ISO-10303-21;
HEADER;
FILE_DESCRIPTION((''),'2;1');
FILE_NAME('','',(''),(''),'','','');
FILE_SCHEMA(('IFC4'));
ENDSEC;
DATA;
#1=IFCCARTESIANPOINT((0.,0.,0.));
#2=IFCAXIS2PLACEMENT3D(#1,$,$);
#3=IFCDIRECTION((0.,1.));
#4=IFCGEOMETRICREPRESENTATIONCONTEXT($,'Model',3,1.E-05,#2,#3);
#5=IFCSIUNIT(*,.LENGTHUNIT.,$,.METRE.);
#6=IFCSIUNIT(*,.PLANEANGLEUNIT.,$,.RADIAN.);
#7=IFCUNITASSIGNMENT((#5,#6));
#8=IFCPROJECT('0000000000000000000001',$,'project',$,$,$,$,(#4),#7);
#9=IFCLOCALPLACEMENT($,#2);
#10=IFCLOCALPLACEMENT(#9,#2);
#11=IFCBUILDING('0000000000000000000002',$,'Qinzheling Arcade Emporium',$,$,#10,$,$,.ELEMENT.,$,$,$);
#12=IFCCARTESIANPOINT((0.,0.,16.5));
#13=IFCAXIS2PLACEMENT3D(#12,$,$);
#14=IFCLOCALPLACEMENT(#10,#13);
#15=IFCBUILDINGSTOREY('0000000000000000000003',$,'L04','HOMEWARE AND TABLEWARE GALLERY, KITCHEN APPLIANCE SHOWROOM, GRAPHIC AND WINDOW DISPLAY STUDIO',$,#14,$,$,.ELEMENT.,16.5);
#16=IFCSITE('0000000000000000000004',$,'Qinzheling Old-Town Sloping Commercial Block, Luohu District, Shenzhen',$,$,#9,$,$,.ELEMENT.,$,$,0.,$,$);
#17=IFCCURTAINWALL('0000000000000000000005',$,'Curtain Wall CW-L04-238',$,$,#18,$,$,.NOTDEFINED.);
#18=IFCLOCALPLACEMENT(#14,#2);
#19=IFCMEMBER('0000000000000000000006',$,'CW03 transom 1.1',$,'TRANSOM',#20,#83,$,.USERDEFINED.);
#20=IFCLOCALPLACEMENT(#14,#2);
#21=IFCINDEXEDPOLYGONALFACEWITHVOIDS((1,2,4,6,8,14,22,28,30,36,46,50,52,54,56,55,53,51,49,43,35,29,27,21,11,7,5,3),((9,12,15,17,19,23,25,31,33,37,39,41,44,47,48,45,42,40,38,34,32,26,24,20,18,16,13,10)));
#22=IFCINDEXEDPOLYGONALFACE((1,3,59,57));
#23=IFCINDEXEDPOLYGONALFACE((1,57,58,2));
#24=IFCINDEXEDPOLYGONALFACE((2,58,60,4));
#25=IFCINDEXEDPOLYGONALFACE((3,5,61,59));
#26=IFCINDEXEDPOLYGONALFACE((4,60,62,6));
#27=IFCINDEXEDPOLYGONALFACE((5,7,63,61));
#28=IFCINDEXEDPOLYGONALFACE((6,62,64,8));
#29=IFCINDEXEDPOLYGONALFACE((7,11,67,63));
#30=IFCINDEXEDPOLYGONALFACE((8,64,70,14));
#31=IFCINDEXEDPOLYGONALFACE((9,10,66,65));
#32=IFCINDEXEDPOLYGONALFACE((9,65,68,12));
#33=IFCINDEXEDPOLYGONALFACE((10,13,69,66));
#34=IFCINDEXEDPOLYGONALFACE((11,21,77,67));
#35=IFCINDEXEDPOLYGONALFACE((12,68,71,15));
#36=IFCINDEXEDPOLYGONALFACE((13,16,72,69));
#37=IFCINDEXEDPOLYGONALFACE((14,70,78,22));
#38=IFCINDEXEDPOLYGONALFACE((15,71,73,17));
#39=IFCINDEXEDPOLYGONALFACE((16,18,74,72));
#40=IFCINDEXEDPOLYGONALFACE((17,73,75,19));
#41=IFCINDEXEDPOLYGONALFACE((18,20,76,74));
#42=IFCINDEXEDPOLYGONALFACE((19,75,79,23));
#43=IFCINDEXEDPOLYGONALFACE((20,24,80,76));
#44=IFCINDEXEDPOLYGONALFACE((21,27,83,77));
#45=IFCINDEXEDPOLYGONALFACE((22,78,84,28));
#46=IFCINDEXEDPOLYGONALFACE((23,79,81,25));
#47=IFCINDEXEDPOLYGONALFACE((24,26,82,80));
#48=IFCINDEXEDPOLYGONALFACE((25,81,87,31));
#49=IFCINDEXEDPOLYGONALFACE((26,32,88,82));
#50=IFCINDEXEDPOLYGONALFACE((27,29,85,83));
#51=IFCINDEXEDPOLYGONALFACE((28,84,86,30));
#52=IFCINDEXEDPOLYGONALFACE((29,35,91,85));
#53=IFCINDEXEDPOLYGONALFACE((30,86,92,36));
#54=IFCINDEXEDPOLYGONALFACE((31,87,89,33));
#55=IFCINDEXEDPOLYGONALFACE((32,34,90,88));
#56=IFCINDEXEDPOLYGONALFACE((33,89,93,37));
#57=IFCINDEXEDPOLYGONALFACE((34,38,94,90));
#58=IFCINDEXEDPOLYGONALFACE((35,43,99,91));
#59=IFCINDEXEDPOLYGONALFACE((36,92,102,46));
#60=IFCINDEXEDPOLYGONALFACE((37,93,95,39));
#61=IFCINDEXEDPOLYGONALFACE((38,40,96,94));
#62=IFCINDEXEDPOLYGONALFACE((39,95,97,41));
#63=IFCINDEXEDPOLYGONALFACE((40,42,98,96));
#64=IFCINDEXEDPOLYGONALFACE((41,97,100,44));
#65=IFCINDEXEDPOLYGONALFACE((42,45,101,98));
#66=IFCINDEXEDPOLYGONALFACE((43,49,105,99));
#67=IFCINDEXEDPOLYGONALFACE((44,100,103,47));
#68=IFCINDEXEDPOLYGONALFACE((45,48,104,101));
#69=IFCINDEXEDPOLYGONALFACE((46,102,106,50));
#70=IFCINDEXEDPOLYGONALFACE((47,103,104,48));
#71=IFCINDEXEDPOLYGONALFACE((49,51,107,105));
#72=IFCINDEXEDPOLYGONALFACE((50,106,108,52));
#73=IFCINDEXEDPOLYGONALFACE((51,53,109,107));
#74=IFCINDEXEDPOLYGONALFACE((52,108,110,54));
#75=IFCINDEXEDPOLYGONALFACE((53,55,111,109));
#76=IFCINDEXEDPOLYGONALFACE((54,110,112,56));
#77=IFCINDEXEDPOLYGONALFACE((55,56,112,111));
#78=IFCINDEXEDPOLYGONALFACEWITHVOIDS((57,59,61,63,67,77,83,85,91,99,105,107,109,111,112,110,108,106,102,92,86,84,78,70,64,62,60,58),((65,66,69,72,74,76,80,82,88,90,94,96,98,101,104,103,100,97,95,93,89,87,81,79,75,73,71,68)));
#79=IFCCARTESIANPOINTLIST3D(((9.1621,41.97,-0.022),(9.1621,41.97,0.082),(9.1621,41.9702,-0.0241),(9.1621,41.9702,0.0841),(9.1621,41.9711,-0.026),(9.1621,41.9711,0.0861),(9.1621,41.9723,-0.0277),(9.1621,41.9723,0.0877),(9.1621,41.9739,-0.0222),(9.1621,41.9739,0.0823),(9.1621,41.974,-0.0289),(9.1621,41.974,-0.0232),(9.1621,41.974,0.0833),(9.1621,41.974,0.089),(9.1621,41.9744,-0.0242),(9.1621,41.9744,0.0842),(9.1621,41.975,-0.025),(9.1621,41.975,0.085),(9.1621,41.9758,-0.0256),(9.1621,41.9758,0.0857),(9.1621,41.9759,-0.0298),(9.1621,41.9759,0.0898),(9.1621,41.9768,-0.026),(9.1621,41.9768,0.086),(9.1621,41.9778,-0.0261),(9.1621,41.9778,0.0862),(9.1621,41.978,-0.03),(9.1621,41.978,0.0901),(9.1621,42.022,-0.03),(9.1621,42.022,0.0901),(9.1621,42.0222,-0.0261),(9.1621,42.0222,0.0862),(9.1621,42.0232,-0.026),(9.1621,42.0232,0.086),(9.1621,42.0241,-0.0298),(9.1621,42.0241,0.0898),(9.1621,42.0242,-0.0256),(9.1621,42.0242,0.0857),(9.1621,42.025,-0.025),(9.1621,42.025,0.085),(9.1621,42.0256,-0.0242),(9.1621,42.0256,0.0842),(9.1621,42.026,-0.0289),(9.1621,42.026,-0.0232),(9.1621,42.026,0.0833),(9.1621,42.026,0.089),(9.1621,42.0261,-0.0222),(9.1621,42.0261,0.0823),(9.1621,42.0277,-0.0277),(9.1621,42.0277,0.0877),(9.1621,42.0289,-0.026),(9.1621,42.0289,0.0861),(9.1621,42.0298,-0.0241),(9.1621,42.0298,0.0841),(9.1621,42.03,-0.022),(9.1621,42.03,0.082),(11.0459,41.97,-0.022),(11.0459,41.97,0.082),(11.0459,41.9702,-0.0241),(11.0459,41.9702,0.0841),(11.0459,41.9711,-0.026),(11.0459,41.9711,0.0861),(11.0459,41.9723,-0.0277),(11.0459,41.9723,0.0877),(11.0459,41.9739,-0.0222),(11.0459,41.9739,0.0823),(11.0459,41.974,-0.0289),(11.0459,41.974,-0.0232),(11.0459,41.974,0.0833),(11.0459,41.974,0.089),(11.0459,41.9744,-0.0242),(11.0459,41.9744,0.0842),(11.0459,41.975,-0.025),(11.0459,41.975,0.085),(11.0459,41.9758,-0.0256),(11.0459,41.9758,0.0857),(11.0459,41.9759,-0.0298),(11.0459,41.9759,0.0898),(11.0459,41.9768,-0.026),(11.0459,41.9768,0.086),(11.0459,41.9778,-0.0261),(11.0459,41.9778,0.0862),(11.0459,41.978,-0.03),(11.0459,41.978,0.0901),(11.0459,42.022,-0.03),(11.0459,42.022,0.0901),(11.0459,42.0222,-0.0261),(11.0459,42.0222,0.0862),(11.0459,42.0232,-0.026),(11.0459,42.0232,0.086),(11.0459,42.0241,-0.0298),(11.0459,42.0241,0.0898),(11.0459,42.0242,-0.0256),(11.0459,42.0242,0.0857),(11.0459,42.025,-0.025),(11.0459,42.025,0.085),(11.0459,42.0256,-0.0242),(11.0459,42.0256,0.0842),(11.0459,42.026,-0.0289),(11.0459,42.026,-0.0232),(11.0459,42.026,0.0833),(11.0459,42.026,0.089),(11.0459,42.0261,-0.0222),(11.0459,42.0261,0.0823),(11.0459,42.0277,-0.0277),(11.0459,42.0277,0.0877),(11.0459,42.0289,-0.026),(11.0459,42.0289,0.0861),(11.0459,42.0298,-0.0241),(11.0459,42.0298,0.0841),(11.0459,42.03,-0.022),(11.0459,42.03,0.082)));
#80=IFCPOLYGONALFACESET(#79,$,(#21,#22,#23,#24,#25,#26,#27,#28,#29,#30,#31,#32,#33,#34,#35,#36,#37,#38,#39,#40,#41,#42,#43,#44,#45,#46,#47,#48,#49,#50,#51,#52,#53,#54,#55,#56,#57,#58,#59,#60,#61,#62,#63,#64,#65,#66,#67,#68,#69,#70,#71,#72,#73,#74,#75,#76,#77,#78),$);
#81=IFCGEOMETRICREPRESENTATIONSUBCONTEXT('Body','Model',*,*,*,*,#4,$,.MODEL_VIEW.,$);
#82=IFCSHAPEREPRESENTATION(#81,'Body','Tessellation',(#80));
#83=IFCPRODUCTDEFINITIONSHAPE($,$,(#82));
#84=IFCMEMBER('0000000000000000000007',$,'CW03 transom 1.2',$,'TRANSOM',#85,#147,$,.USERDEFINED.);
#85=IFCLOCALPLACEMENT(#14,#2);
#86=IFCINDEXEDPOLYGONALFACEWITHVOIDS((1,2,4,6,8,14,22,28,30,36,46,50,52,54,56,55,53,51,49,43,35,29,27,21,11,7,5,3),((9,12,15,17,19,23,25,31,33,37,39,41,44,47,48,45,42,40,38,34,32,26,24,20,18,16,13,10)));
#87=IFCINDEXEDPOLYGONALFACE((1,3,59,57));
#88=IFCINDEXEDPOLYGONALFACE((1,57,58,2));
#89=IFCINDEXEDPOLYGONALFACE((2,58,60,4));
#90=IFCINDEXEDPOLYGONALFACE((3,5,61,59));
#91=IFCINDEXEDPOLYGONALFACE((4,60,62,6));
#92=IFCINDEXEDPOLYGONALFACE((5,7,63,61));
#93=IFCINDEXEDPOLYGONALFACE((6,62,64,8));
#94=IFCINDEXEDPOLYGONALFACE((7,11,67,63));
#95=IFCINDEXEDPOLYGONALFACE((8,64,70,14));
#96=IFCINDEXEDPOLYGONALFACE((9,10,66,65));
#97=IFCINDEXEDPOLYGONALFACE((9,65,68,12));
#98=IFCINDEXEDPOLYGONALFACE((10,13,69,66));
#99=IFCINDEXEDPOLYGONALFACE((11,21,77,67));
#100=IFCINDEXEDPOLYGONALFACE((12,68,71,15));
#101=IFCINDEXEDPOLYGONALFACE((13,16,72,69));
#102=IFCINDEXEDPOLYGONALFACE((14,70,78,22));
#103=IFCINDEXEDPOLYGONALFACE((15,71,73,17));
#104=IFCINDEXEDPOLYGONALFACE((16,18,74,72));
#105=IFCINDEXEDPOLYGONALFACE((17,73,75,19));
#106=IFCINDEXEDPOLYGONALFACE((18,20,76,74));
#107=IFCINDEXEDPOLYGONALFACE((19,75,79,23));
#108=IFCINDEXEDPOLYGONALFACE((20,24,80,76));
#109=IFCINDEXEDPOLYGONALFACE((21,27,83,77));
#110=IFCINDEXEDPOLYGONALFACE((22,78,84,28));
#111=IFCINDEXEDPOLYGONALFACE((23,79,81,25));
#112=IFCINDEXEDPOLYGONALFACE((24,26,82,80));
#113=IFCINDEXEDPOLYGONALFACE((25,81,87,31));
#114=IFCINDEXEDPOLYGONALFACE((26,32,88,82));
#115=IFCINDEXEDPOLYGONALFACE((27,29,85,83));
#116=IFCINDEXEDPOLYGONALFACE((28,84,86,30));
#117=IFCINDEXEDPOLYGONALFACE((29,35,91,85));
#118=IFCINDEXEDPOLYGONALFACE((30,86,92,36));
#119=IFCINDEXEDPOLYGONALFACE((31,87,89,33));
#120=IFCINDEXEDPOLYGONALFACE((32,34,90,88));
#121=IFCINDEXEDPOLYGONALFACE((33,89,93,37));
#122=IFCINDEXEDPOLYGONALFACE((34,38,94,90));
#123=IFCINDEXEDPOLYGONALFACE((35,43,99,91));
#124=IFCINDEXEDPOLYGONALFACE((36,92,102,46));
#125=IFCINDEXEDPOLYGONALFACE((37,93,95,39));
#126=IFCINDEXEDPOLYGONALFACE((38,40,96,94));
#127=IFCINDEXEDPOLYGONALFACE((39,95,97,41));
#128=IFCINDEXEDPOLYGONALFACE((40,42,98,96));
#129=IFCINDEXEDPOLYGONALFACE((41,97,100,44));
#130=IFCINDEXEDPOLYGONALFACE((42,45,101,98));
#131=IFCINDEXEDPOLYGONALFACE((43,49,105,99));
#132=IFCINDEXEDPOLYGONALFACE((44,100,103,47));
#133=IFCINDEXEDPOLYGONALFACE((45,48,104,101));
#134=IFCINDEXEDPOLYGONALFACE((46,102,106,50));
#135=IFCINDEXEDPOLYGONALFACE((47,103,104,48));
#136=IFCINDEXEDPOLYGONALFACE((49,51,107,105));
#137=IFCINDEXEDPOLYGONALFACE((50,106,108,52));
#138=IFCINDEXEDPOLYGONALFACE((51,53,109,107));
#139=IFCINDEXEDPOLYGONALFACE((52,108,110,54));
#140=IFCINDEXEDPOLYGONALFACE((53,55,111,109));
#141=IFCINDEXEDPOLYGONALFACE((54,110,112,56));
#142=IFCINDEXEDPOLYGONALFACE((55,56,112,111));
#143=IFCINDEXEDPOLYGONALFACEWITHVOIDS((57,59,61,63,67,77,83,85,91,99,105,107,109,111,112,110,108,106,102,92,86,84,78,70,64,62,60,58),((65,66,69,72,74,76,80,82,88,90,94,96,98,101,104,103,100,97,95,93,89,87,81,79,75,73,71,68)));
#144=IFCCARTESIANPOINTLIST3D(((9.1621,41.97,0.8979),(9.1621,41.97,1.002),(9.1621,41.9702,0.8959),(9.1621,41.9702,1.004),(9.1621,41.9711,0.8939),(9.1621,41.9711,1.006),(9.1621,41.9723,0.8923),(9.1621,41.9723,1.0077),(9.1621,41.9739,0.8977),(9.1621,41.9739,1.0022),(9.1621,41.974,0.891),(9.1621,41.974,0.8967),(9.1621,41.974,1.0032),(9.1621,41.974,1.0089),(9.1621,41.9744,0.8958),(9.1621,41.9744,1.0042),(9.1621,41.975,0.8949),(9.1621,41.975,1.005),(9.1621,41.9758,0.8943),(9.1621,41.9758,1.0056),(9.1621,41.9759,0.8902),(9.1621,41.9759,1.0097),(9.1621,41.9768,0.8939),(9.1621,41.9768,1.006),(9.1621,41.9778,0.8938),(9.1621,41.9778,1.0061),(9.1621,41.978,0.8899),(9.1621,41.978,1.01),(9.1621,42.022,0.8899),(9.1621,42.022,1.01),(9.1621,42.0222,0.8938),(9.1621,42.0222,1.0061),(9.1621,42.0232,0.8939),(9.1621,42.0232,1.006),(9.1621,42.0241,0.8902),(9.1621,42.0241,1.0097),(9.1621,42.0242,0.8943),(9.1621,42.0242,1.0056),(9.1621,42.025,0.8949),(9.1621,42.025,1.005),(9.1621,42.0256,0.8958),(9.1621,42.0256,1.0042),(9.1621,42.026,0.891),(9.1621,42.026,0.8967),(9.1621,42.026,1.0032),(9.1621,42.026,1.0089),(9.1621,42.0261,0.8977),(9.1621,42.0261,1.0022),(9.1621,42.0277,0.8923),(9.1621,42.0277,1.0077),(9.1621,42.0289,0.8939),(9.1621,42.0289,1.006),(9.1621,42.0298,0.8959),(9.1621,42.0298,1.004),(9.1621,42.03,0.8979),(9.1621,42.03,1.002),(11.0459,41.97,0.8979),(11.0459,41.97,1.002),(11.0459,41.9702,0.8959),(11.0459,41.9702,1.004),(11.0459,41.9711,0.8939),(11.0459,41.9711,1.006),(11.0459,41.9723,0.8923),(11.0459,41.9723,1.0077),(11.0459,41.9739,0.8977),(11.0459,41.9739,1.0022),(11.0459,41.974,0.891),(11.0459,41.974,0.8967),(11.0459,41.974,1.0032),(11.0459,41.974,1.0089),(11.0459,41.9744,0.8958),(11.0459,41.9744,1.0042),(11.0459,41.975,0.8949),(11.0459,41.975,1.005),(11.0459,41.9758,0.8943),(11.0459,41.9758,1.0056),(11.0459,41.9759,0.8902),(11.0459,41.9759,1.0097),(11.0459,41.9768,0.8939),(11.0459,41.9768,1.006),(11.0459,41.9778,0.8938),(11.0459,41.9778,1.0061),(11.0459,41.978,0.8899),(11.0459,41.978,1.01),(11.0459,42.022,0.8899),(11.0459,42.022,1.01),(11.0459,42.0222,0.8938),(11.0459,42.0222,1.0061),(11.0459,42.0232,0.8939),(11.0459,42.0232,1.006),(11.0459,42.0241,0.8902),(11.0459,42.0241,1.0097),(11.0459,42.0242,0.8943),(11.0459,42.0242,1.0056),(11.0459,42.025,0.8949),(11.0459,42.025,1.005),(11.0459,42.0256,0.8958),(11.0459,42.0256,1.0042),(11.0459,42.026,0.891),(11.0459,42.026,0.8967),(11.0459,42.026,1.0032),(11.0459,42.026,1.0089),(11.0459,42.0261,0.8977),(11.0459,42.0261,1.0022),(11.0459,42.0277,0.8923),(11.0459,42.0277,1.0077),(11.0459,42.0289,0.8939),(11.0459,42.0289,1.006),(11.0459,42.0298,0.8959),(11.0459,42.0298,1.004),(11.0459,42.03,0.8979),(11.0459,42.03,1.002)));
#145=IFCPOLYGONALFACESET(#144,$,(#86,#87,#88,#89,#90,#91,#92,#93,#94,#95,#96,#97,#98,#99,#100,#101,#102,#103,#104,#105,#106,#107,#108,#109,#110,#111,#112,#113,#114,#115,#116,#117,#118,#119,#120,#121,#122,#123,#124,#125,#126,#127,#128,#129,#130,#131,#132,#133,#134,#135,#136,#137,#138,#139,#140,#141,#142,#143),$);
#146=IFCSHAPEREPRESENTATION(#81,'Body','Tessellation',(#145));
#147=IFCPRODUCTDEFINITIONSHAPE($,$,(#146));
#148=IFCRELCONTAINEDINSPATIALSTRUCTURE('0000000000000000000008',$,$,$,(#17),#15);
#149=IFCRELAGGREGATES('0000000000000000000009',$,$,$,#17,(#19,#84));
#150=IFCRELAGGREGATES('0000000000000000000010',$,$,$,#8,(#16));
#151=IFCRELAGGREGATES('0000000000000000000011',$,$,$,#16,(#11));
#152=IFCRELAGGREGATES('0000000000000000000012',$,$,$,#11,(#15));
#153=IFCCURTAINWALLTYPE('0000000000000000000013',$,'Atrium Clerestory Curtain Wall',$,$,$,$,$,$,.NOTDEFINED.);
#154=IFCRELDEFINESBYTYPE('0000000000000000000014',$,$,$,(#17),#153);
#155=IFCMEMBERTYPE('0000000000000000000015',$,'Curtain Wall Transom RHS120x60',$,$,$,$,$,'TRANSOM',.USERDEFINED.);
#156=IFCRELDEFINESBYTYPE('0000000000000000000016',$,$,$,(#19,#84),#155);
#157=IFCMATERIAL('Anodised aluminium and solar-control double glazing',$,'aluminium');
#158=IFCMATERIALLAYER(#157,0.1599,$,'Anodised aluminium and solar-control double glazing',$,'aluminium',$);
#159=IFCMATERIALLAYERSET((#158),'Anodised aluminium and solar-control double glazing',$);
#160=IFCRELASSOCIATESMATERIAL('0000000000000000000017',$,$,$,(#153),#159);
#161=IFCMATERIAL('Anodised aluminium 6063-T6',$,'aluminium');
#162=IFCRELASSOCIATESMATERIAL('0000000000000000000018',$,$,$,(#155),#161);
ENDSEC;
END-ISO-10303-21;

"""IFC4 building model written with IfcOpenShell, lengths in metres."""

from ifc_helpers import new_model, si_unit, direction, frame, origin, origin_2d, place, context, subcontext, project, spatial, hollow_rectangle, extrude, material, layer, layer_set, material_profile, profile_set, type_object, element, aggregate, save


model = new_model("IFC4")

# Units and contexts
model_context = context("Model", 3, precision=1e-05, world=origin(), true_north=direction((0.0, 1.0)))
body_context = subcontext(model_context, "Body", "Model", "MODEL_VIEW")
ifc_project = project(units=[si_unit("LENGTHUNIT", "METRE"), si_unit("PLANEANGLEUNIT", "RADIAN")], contexts=[model_context])

# Site, building, storey
site_placement = place(None, origin())
site = spatial("IfcSite", under=ifc_project, at=site_placement, Name="Qinzheling Old-Town Sloping Commercial Block, Luohu District, Shenzhen", CompositionType="ELEMENT", RefElevation=0.0)
building_placement = place(site_placement, origin())
building = spatial("IfcBuilding", under=site, at=building_placement, Name="Qinzheling Arcade Emporium", CompositionType="ELEMENT")
storey_placement = place(building_placement, frame((0.0, 0.0, 16.5)))
storey = spatial("IfcBuildingStorey", under=building, at=storey_placement, Name="L04", Description="HOMEWARE AND TABLEWARE GALLERY, KITCHEN APPLIANCE SHOWROOM, GRAPHIC AND WINDOW DISPLAY STUDIO", CompositionType="ELEMENT", Elevation=16.5)

# Curtain wall, members
ifc_material_1 = material(Name="Anodised aluminium and solar-control double glazing", Category="aluminium")
ifc_layer_1 = layer(ifc_material_1, 0.1599, Name="Anodised aluminium and solar-control double glazing", Category="aluminium")
ifc_layer_set_1 = layer_set([ifc_layer_1], Name="Anodised aluminium and solar-control double glazing")
curtain_wall_type = type_object("IfcCurtainWallType", Name="Atrium Clerestory Curtain Wall", PredefinedType="NOTDEFINED", material=ifc_layer_set_1)
curtain_wall_placement = place(storey_placement, origin())
curtain_wall = element("IfcCurtainWall", 1, at=curtain_wall_placement, inside=storey, type_object=curtain_wall_type, Name="Curtain Wall CW-L04-238", PredefinedType="NOTDEFINED")
ifc_material_2 = material(Name="Anodised aluminium 6063-T6", Category="aluminium")
ifc_material_profile_1 = material_profile(ifc_material_2, hollow_rectangle(XDim=0.0601, YDim=0.1201, WallThickness=0.0039, InnerFilletRadius=0.0039, OuterFilletRadius=0.0081, at=origin_2d()), Name="RHS 120x60x4", Category="aluminium")
ifc_profile_set_1 = profile_set([ifc_material_profile_1], Name="Anodised aluminium 6063-T6")
member_type_1 = type_object("IfcMemberType", Name="Curtain Wall Transom RHS120x60", ElementType="TRANSOM", PredefinedType="USERDEFINED", material=ifc_profile_set_1)
member_1_placement = place(storey_placement, frame((9.1621, 42.0, 0.03), z_axis=(1.0, 0.0, 0.0), x_axis=(0.0, 1.0, 0.0)))
member_1 = element("IfcMember", 2, at=member_1_placement, type_object=member_type_1, Name="CW03 transom 1.1", ObjectType="TRANSOM", PredefinedType="USERDEFINED", context=body_context, shape_type="SweptSolid", body=[
    extrude(hollow_rectangle(XDim=0.0601, YDim=0.1201, WallThickness=0.0039, InnerFilletRadius=0.0039, OuterFilletRadius=0.0081, at=origin_2d()), origin(), (0.0, 0.0, 1.0), 1.8838),
])
member_2_placement = place(storey_placement, frame((9.1621, 42.0, 0.95), z_axis=(1.0, 0.0, 0.0), x_axis=(0.0, 1.0, 0.0)))
member_2 = element("IfcMember", 3, at=member_2_placement, type_object=member_type_1, Name="CW03 transom 1.2", ObjectType="TRANSOM", PredefinedType="USERDEFINED", context=body_context, shape_type="SweptSolid", body=[
    extrude(hollow_rectangle(XDim=0.0601, YDim=0.1201, WallThickness=0.0039, InnerFilletRadius=0.0039, OuterFilletRadius=0.0081, at=origin_2d()), origin(), (0.0, 0.0, 1.0), 1.8838),
])
aggregate(curtain_wall, [member_1, member_2])

save(model, "model.ifc")
